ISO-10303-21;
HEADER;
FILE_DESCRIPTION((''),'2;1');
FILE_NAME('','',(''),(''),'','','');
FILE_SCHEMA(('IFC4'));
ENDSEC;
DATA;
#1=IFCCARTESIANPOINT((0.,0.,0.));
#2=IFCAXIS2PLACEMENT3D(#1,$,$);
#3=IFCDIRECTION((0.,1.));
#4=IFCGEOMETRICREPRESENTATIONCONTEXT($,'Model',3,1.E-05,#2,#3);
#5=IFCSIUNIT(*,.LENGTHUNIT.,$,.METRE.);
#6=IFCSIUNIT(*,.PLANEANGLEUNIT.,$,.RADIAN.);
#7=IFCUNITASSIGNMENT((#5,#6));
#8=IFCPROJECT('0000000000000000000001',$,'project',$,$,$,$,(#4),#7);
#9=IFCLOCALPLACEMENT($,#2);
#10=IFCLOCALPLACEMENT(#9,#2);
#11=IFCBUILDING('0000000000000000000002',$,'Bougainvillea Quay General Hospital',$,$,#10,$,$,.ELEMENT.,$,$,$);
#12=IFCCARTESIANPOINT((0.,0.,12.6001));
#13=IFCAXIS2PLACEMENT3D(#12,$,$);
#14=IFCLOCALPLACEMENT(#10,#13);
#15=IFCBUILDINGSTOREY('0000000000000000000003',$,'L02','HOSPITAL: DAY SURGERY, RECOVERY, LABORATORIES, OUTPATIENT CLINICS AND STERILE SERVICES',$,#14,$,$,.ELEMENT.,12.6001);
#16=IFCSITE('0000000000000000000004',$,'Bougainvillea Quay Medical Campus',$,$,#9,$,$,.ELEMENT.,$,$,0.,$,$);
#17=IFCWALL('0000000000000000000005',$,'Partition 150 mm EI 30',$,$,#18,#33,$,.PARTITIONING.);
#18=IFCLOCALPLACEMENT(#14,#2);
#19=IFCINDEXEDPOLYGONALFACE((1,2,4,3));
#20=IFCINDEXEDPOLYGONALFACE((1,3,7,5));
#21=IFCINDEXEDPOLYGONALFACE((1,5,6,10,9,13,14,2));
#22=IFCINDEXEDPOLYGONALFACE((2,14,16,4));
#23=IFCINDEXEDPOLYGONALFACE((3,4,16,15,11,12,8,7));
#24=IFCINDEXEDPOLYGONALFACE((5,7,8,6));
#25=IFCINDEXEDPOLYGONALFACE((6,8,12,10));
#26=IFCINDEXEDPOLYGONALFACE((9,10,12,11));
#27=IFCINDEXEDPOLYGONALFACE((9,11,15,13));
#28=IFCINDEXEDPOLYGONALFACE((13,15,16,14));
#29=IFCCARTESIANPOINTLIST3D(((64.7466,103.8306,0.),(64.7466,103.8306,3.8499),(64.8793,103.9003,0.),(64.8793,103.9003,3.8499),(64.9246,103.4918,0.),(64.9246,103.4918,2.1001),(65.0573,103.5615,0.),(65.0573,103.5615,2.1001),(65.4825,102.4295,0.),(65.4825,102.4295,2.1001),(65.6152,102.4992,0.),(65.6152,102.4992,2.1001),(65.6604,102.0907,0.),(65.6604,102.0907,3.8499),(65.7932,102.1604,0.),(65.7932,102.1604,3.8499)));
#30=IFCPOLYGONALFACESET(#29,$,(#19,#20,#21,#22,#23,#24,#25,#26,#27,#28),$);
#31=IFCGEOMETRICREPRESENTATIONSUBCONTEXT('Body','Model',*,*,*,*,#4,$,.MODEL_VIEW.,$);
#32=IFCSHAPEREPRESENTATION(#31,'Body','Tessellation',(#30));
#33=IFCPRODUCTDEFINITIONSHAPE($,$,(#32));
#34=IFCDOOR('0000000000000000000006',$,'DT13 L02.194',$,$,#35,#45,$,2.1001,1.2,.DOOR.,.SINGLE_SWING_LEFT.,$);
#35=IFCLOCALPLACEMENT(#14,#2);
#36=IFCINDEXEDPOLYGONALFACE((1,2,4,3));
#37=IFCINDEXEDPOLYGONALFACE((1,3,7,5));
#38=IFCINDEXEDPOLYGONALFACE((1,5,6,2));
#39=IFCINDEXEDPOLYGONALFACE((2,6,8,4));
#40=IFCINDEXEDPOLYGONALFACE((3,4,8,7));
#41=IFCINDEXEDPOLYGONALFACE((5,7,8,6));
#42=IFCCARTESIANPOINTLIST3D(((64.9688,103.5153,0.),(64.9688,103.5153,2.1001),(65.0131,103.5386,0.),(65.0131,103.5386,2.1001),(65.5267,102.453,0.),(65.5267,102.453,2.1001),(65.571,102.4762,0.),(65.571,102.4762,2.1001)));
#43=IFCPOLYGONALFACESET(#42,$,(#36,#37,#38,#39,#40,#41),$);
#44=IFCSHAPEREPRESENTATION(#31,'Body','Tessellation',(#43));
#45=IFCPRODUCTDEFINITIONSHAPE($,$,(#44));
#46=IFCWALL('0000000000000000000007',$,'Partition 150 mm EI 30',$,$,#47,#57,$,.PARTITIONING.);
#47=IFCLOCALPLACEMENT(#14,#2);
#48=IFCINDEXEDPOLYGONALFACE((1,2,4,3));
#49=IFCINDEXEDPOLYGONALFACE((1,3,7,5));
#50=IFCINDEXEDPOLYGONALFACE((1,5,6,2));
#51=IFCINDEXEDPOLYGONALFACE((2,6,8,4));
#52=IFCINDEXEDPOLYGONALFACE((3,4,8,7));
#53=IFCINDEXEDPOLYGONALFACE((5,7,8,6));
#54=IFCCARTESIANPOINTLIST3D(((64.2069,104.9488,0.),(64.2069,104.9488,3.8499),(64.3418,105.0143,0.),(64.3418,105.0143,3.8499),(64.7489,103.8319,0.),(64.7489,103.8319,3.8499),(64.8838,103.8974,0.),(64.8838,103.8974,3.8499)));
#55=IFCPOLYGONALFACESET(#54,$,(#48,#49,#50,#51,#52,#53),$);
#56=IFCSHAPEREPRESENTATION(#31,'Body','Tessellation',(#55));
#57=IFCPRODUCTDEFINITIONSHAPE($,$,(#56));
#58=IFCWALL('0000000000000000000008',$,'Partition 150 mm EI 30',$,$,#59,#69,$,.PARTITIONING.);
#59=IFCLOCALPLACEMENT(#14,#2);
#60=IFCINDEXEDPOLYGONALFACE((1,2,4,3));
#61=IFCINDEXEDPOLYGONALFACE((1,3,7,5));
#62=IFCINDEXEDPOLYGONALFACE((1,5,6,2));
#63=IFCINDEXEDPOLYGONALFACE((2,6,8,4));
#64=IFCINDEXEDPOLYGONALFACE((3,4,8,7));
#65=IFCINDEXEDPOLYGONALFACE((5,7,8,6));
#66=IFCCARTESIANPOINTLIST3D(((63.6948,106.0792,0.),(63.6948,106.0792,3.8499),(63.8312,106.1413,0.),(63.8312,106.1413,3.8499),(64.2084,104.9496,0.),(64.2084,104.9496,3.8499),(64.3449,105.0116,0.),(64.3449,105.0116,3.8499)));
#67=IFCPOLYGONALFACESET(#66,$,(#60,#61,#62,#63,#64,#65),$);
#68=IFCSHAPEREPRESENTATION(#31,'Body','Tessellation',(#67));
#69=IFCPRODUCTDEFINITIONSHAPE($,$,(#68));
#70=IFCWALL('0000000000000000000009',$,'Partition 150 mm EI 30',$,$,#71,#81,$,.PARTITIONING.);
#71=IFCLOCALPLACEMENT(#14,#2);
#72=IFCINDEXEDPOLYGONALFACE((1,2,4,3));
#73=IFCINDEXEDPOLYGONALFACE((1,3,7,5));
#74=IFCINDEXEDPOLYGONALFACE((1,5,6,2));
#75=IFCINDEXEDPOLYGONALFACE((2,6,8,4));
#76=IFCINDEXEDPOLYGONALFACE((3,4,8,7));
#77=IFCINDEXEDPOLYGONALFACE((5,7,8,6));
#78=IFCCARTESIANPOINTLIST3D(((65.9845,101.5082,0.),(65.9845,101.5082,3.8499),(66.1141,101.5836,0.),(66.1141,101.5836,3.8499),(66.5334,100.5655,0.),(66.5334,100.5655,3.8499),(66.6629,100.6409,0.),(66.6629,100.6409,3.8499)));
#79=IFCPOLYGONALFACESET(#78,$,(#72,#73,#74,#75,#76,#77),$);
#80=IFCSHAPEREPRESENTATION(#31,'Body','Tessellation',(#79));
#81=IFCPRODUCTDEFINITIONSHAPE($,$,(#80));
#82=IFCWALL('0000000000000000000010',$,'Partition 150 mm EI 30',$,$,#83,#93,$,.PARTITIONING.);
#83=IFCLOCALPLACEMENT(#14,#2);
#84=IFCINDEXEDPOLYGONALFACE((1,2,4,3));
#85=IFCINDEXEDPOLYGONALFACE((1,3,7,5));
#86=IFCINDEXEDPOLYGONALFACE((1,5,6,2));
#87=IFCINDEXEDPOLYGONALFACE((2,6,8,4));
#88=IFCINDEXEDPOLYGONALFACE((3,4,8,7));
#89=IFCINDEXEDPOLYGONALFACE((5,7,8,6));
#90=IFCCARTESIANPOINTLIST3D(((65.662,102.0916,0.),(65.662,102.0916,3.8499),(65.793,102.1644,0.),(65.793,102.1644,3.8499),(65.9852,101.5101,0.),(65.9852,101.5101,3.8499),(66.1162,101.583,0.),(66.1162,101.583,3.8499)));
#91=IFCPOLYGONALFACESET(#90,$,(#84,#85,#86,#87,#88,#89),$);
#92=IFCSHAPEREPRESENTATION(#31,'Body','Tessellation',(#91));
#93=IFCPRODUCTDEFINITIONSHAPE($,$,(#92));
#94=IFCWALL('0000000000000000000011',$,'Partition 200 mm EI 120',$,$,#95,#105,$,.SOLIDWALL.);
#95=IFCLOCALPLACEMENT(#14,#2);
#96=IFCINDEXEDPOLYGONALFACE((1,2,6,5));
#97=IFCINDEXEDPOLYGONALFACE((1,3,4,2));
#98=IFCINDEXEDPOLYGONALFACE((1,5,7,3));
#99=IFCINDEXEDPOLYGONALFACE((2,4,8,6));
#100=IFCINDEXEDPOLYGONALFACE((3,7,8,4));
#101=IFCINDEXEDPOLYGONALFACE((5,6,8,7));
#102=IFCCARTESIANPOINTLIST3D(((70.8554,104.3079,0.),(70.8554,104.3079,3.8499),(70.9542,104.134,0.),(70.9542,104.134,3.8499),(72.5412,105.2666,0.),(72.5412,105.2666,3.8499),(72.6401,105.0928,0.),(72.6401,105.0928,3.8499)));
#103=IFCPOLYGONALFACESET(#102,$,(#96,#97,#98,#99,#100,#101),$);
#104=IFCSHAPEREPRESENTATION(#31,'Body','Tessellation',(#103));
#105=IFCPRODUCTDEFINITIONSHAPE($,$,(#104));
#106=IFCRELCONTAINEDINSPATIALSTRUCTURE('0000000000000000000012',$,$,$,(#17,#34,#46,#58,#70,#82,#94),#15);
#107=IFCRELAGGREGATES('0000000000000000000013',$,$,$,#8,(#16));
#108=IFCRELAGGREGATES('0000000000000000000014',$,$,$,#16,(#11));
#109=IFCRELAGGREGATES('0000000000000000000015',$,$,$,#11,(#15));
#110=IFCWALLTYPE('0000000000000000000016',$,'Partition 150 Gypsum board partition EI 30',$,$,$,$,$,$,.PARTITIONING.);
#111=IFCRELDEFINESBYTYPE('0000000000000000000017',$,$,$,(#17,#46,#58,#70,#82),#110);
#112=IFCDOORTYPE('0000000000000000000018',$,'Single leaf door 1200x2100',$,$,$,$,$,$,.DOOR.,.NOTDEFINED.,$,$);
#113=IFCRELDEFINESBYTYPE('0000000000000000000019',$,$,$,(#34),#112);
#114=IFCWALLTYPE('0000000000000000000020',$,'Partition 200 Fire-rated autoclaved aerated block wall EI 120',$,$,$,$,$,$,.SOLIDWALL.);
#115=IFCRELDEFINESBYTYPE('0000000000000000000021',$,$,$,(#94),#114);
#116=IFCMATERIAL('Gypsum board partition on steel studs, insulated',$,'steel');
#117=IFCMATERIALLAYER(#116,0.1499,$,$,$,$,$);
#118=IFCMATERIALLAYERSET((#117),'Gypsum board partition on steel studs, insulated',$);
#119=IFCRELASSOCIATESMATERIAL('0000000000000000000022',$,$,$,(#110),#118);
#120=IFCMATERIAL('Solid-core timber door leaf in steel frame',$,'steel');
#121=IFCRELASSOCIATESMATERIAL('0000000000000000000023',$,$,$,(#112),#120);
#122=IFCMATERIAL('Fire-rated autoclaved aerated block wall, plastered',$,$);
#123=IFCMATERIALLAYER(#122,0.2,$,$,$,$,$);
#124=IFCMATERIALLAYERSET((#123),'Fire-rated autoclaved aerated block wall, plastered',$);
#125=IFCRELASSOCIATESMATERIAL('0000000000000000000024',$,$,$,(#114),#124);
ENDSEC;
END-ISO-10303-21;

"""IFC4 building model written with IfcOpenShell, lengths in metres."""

from ifc_helpers import new_model, si_unit, direction, frame, frame_2d, origin, place, context, subcontext, project, spatial, rectangle, extrude, material, layer, layer_set, type_object, element, fill, save


model = new_model("IFC4")

# Units and contexts
model_context = context("Model", 3, precision=1e-05, world=origin(), true_north=direction((0.0, 1.0)))
body_context = subcontext(model_context, "Body", "Model", "MODEL_VIEW")
ifc_project = project(units=[si_unit("LENGTHUNIT", "METRE"), si_unit("PLANEANGLEUNIT", "RADIAN")], contexts=[model_context])

# Site, building, storey
site_placement = place(None, origin())
site = spatial("IfcSite", under=ifc_project, at=site_placement, Name="Bougainvillea Quay Medical Campus", CompositionType="ELEMENT", RefElevation=0.0)
building_placement = place(site_placement, origin())
building = spatial("IfcBuilding", under=site, at=building_placement, Name="Bougainvillea Quay General Hospital", CompositionType="ELEMENT")
storey_placement = place(building_placement, frame((0.0, 0.0, 12.6001)))
storey = spatial("IfcBuildingStorey", under=building, at=storey_placement, Name="L02", Description="HOSPITAL: DAY SURGERY, RECOVERY, LABORATORIES, OUTPATIENT CLINICS AND STERILE SERVICES", CompositionType="ELEMENT", Elevation=12.6001)

# Shared definitions
ifc_material_1 = material(Name="Gypsum board partition on steel studs, insulated", Category="steel")
ifc_layer_1 = layer(ifc_material_1, 0.1499)
ifc_layer_set_1 = layer_set([ifc_layer_1], Name="Gypsum board partition on steel studs, insulated")
wall_type_1 = type_object("IfcWallType", Name="Partition 150 Gypsum board partition EI 30", PredefinedType="PARTITIONING", material=ifc_layer_set_1)

# Wall, opening, door
ifc_material_2 = material(Name="Solid-core timber door leaf in steel frame", Category="steel")
wall_1_placement = place(storey_placement, frame((64.813, 103.8655, 0.0), z_axis=(0.0, 0.0, 1.0), x_axis=(0.464963, -0.88533, 0.0)))
wall_1 = element("IfcWall", 1, at=wall_1_placement, inside=storey, type_object=wall_type_1, Name="Partition 150 mm EI 30", PredefinedType="PARTITIONING", context=body_context, shape_type="SweptSolid", body=[
    extrude(rectangle(XDim=1.9653, YDim=0.1499, at=frame_2d((0.9827, 0.0))), origin(), (0.0, 0.0, 1.0), 3.8499),
])
opening_1_placement = place(wall_1_placement, frame((0.3826, 0.0, 0.0)))
opening_1 = element("IfcOpeningElement", 2, at=opening_1_placement, cuts=wall_1, PredefinedType="OPENING", context=body_context, shape_type="SweptSolid", body=[
    extrude(rectangle(XDim=1.2, YDim=2.1001, at=frame_2d((0.6001, 1.05))), frame((0.0, 0.085, 0.0), z_axis=(0.0, -1.0, 0.0), x_axis=(1.0, 0.0, 0.0)), (0.0, 0.0, 1.0), 0.1699),
])
door_type_1 = type_object("IfcDoorType", Name="Single leaf door 1200x2100", OperationType="NOTDEFINED", PredefinedType="DOOR", material=ifc_material_2)
door_1_placement = place(opening_1_placement, frame((1.2, 0.0, 0.0), z_axis=(0.0, 0.0, 1.0), x_axis=(-1.0, 0.0, 0.0)))
door_1 = element("IfcDoor", 3, at=door_1_placement, inside=storey, type_object=door_type_1, Name="DT13 L02.194", OperationType="SINGLE_SWING_LEFT", OverallHeight=2.1001, OverallWidth=1.2, PredefinedType="DOOR", context=body_context, shape_type="SweptSolid", body=[
    extrude(rectangle(XDim=1.2, YDim=2.1001, at=frame_2d((0.6001, 1.05))), frame((0.0, 0.0249, 0.0), z_axis=(0.0, -1.0, 0.0), x_axis=(1.0, 0.0, 0.0)), (0.0, 0.0, 1.0), 0.05),
])
fill(opening_1, door_1)

# Walls
wall_2_placement = place(storey_placement, frame((64.2744, 104.9814, 0.0), z_axis=(0.0, 0.0, 1.0), x_axis=(0.436563, -0.899674, 0.0)))
element("IfcWall", 4, at=wall_2_placement, inside=storey, type_object=wall_type_1, Name="Partition 150 mm EI 30", PredefinedType="PARTITIONING", context=body_context, shape_type="SweptSolid", body=[
    extrude(rectangle(XDim=1.2415, YDim=0.1499, at=frame_2d((0.6206, 0.0))), origin(), (0.0, 0.0, 1.0), 3.8499),
])
wall_3_placement = place(storey_placement, frame((63.7629, 106.1104, 0.0), z_axis=(0.0, 0.0, 1.0), x_axis=(0.413936, -0.910306, 0.0)))
element("IfcWall", 5, at=wall_3_placement, inside=storey, type_object=wall_type_1, Name="Partition 150 mm EI 30", PredefinedType="PARTITIONING", context=body_context, shape_type="SweptSolid", body=[
    extrude(rectangle(XDim=1.241, YDim=0.1499, at=frame_2d((0.6206, 0.0))), origin(), (0.0, 0.0, 1.0), 3.8499),
])
wall_4_placement = place(storey_placement, frame((66.0493, 101.5459, 0.0), z_axis=(0.0, 0.0, 1.0), x_axis=(0.503161, -0.864193, 0.0)))
element("IfcWall", 6, at=wall_4_placement, inside=storey, type_object=wall_type_1, Name="Partition 150 mm EI 30", PredefinedType="PARTITIONING", context=body_context, shape_type="SweptSolid", body=[
    extrude(rectangle(XDim=1.0908, YDim=0.1499, at=frame_2d((0.5454, 0.0))), origin(), (0.0, 0.0, 1.0), 3.8499),
])
wall_5_placement = place(storey_placement, frame((65.7275, 102.1279, 0.0), z_axis=(0.0, 0.0, 1.0), x_axis=(0.48583, -0.874053, 0.0)))
element("IfcWall", 7, at=wall_5_placement, inside=storey, type_object=wall_type_1, Name="Partition 150 mm EI 30", PredefinedType="PARTITIONING", context=body_context, shape_type="SweptSolid", body=[
    extrude(rectangle(XDim=0.6653, YDim=0.1499, at=frame_2d((0.3325, 0.0))), origin(), (0.0, 0.0, 1.0), 3.8499),
])
ifc_material_3 = material(Name="Fire-rated autoclaved aerated block wall, plastered")
ifc_layer_2 = layer(ifc_material_3, 0.2)
ifc_layer_set_2 = layer_set([ifc_layer_2], Name="Fire-rated autoclaved aerated block wall, plastered")
wall_type_2 = type_object("IfcWallType", Name="Partition 200 Fire-rated autoclaved aerated block wall EI 120", PredefinedType="SOLIDWALL", material=ifc_layer_set_2)
wall_6_placement = place(storey_placement, frame((70.9048, 104.2209, 0.0), z_axis=(0.0, 0.0, 1.0), x_axis=(0.869256, 0.494362, 0.0)))
element("IfcWall", 8, at=wall_6_placement, inside=storey, type_object=wall_type_2, Name="Partition 200 mm EI 120", PredefinedType="SOLIDWALL", context=body_context, shape_type="SweptSolid", body=[
    extrude(rectangle(XDim=1.9395, YDim=0.2, at=frame_2d((0.9697, 0.0))), origin(), (0.0, 0.0, 1.0), 3.8499),
])

save(model, "model.ifc")
